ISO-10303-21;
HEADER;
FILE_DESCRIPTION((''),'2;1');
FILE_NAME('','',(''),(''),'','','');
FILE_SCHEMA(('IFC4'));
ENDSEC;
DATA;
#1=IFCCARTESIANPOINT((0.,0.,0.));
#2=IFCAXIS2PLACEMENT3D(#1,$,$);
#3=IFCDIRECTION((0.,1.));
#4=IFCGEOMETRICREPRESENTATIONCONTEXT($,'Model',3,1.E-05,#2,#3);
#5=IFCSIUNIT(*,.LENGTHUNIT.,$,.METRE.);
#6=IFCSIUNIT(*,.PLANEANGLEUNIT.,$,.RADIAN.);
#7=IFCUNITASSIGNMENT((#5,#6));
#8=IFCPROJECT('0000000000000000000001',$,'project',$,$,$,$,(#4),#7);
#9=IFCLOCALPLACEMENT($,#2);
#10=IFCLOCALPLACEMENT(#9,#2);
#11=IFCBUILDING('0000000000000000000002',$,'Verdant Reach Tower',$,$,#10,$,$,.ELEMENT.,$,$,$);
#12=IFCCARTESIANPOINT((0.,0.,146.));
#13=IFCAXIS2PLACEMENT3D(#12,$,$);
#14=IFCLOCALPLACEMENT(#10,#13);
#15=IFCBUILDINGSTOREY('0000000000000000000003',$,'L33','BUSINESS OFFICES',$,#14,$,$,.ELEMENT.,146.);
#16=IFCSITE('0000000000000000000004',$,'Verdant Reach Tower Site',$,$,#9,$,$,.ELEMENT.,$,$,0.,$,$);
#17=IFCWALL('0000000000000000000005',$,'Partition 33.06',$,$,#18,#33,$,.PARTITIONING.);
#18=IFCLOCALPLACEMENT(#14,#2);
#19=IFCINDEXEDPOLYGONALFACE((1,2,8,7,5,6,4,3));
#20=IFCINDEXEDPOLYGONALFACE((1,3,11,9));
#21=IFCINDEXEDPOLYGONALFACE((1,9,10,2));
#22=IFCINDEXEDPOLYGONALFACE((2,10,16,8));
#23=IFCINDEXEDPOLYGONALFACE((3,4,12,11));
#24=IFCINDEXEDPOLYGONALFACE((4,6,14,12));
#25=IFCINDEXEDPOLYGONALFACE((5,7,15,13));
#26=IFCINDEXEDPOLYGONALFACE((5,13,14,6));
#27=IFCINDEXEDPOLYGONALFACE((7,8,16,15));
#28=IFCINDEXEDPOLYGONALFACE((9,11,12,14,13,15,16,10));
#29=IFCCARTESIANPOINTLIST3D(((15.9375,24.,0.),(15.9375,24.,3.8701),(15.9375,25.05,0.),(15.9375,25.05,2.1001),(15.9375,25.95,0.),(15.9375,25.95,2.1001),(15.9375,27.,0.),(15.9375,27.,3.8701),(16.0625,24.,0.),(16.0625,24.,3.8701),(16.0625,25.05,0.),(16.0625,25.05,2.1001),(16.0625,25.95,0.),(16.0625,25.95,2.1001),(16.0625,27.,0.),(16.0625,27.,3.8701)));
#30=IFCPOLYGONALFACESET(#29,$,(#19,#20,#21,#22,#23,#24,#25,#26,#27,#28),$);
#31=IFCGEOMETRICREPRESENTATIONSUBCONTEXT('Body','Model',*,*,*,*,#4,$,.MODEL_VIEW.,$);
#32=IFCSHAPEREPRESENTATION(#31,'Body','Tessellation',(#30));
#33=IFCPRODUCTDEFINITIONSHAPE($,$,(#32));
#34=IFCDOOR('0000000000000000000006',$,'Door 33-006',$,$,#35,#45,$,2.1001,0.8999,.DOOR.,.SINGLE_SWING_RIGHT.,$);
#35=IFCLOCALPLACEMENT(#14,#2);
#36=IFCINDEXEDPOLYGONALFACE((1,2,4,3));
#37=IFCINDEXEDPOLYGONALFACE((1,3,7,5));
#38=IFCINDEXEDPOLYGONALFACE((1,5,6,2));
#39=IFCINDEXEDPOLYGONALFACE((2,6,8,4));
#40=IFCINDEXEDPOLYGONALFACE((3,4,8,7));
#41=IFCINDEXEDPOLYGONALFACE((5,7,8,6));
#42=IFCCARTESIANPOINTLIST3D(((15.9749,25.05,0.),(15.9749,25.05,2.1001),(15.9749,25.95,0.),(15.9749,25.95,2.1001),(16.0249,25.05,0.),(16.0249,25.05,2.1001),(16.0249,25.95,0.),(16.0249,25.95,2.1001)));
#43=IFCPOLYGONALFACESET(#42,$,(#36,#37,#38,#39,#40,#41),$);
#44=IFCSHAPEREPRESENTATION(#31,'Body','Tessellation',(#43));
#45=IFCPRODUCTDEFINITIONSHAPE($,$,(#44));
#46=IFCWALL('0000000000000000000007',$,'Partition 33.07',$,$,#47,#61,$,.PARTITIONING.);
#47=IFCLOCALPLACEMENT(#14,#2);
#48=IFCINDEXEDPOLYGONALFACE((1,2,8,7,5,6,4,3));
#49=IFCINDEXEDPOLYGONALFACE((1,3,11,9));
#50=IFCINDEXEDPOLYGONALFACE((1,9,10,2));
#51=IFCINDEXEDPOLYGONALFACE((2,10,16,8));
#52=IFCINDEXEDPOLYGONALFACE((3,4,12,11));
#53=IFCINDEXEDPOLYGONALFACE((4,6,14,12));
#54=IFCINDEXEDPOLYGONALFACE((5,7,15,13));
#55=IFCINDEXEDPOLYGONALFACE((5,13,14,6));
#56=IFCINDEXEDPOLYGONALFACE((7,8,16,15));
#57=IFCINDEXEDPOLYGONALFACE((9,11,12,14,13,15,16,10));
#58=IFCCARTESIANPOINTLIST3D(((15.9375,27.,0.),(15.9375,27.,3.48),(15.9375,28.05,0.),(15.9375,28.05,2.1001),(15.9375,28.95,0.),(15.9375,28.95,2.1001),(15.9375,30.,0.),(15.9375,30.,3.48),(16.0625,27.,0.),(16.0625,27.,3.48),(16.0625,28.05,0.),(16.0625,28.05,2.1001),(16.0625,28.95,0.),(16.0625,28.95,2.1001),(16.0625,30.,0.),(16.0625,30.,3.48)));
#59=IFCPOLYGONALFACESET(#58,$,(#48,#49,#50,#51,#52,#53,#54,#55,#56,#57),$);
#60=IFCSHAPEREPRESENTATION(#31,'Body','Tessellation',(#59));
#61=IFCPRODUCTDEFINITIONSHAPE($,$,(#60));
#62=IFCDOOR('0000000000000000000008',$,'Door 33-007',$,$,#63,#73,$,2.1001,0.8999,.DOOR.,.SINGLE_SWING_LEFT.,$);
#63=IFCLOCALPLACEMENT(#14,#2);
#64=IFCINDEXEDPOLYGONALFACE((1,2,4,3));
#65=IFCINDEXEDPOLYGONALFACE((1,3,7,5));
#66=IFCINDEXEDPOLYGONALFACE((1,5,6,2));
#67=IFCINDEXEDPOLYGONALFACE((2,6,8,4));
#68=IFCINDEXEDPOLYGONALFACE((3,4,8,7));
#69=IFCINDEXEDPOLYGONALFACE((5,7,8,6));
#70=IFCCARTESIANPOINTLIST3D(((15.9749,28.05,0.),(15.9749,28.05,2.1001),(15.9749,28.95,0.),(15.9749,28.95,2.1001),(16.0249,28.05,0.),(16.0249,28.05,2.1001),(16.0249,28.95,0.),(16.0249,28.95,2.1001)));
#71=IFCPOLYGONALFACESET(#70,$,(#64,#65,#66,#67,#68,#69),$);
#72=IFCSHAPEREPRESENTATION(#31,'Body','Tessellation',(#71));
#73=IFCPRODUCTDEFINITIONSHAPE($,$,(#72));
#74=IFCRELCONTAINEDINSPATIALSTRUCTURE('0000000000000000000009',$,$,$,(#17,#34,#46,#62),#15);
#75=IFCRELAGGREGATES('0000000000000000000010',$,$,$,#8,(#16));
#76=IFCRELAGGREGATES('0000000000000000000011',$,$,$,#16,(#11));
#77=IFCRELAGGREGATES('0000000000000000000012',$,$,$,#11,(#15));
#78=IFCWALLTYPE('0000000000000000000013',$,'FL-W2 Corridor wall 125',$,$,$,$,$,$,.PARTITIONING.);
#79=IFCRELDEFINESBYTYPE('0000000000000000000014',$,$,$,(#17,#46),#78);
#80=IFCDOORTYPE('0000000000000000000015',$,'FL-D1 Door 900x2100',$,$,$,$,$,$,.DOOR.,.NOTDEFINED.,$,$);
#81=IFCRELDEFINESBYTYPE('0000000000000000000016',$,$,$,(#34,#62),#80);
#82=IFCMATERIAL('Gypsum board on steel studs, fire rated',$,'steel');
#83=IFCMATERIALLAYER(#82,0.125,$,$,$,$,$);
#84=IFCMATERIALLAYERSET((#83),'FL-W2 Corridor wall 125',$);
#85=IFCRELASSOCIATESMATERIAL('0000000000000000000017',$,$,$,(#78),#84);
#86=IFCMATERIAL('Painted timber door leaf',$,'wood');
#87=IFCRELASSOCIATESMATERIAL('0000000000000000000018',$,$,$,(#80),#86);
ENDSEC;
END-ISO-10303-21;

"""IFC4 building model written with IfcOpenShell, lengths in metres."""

from ifc_helpers import new_model, si_unit, direction, frame, frame_2d, origin, place, context, subcontext, project, spatial, rectangle, extrude, material, layer, layer_set, type_object, element, fill, save


model = new_model("IFC4")

# Units and contexts
model_context = context("Model", 3, precision=1e-05, world=origin(), true_north=direction((0.0, 1.0)))
body_context = subcontext(model_context, "Body", "Model", "MODEL_VIEW")
ifc_project = project(units=[si_unit("LENGTHUNIT", "METRE"), si_unit("PLANEANGLEUNIT", "RADIAN")], contexts=[model_context])

# Site, building, storey
site_placement = place(None, origin())
site = spatial("IfcSite", under=ifc_project, at=site_placement, Name="Verdant Reach Tower Site", CompositionType="ELEMENT", RefElevation=0.0)
building_placement = place(site_placement, origin())
building = spatial("IfcBuilding", under=site, at=building_placement, Name="Verdant Reach Tower", CompositionType="ELEMENT")
storey_placement = place(building_placement, frame((0.0, 0.0, 146.0)))
storey = spatial("IfcBuildingStorey", under=building, at=storey_placement, Name="L33", Description="BUSINESS OFFICES", CompositionType="ELEMENT", Elevation=146.0)

# Walls, openings, doors
ifc_material_1 = material(Name="Gypsum board on steel studs, fire rated", Category="steel")
ifc_layer_1 = layer(ifc_material_1, 0.125)
ifc_layer_set_1 = layer_set([ifc_layer_1], Name="FL-W2 Corridor wall 125")
wall_type_1 = type_object("IfcWallType", Name="FL-W2 Corridor wall 125", PredefinedType="PARTITIONING", material=ifc_layer_set_1)
ifc_material_2 = material(Name="Painted timber door leaf", Category="wood")
door_type_1 = type_object("IfcDoorType", Name="FL-D1 Door 900x2100", OperationType="NOTDEFINED", PredefinedType="DOOR", material=ifc_material_2)
wall_1_placement = place(storey_placement, frame((16.0, 27.0, 0.0), z_axis=(0.0, 0.0, 1.0), x_axis=(0.0, -1.0, 0.0)))
wall_1 = element("IfcWall", 1, at=wall_1_placement, inside=storey, type_object=wall_type_1, Name="Partition 33.06", PredefinedType="PARTITIONING", context=body_context, shape_type="SweptSolid", body=[
    extrude(rectangle(XDim=3.0, YDim=0.125, at=frame_2d((1.5, 0.0))), origin(), (0.0, 0.0, 1.0), 3.8701),
])
opening_1_placement = place(wall_1_placement, frame((1.05, 0.0, 0.0)))
opening_1 = element("IfcOpeningElement", 2, at=opening_1_placement, cuts=wall_1, PredefinedType="OPENING", context=body_context, shape_type="SweptSolid", body=[
    extrude(rectangle(XDim=0.8999, YDim=2.1001, at=frame_2d((0.45, 1.05))), frame((0.0, 0.0725, 0.0), z_axis=(0.0, -1.0, 0.0), x_axis=(1.0, 0.0, 0.0)), (0.0, 0.0, 1.0), 0.145),
])
door_1_placement = place(opening_1_placement, origin())
door_1 = element("IfcDoor", 3, at=door_1_placement, inside=storey, type_object=door_type_1, Name="Door 33-006", OperationType="SINGLE_SWING_RIGHT", OverallHeight=2.1001, OverallWidth=0.8999, PredefinedType="DOOR", context=body_context, shape_type="SweptSolid", body=[
    extrude(rectangle(XDim=0.8999, YDim=2.1001, at=frame_2d((0.45, 1.05))), frame((0.0, 0.0249, 0.0), z_axis=(0.0, -1.0, 0.0), x_axis=(1.0, 0.0, 0.0)), (0.0, 0.0, 1.0), 0.05),
])
fill(opening_1, door_1)
wall_2_placement = place(storey_placement, frame((16.0, 30.0, 0.0), z_axis=(0.0, 0.0, 1.0), x_axis=(0.0, -1.0, 0.0)))
wall_2 = element("IfcWall", 4, at=wall_2_placement, inside=storey, type_object=wall_type_1, Name="Partition 33.07", PredefinedType="PARTITIONING", context=body_context, shape_type="SweptSolid", body=[
    extrude(rectangle(XDim=3.0, YDim=0.125, at=frame_2d((1.5, 0.0))), origin(), (0.0, 0.0, 1.0), 3.48),
])
opening_2_placement = place(wall_2_placement, frame((1.05, 0.0, 0.0)))
opening_2 = element("IfcOpeningElement", 5, at=opening_2_placement, cuts=wall_2, PredefinedType="OPENING", context=body_context, shape_type="SweptSolid", body=[
    extrude(rectangle(XDim=0.8999, YDim=2.1001, at=frame_2d((0.45, 1.05))), frame((0.0, 0.0725, 0.0), z_axis=(0.0, -1.0, 0.0), x_axis=(1.0, 0.0, 0.0)), (0.0, 0.0, 1.0), 0.145),
])
door_2_placement = place(opening_2_placement, origin())
door_2 = element("IfcDoor", 6, at=door_2_placement, inside=storey, type_object=door_type_1, Name="Door 33-007", OperationType="SINGLE_SWING_LEFT", OverallHeight=2.1001, OverallWidth=0.8999, PredefinedType="DOOR", context=body_context, shape_type="SweptSolid", body=[
    extrude(rectangle(XDim=0.8999, YDim=2.1001, at=frame_2d((0.45, 1.05))), frame((0.0, 0.0249, 0.0), z_axis=(0.0, -1.0, 0.0), x_axis=(1.0, 0.0, 0.0)), (0.0, 0.0, 1.0), 0.05),
])
fill(opening_2, door_2)

save(model, "model.ifc")
